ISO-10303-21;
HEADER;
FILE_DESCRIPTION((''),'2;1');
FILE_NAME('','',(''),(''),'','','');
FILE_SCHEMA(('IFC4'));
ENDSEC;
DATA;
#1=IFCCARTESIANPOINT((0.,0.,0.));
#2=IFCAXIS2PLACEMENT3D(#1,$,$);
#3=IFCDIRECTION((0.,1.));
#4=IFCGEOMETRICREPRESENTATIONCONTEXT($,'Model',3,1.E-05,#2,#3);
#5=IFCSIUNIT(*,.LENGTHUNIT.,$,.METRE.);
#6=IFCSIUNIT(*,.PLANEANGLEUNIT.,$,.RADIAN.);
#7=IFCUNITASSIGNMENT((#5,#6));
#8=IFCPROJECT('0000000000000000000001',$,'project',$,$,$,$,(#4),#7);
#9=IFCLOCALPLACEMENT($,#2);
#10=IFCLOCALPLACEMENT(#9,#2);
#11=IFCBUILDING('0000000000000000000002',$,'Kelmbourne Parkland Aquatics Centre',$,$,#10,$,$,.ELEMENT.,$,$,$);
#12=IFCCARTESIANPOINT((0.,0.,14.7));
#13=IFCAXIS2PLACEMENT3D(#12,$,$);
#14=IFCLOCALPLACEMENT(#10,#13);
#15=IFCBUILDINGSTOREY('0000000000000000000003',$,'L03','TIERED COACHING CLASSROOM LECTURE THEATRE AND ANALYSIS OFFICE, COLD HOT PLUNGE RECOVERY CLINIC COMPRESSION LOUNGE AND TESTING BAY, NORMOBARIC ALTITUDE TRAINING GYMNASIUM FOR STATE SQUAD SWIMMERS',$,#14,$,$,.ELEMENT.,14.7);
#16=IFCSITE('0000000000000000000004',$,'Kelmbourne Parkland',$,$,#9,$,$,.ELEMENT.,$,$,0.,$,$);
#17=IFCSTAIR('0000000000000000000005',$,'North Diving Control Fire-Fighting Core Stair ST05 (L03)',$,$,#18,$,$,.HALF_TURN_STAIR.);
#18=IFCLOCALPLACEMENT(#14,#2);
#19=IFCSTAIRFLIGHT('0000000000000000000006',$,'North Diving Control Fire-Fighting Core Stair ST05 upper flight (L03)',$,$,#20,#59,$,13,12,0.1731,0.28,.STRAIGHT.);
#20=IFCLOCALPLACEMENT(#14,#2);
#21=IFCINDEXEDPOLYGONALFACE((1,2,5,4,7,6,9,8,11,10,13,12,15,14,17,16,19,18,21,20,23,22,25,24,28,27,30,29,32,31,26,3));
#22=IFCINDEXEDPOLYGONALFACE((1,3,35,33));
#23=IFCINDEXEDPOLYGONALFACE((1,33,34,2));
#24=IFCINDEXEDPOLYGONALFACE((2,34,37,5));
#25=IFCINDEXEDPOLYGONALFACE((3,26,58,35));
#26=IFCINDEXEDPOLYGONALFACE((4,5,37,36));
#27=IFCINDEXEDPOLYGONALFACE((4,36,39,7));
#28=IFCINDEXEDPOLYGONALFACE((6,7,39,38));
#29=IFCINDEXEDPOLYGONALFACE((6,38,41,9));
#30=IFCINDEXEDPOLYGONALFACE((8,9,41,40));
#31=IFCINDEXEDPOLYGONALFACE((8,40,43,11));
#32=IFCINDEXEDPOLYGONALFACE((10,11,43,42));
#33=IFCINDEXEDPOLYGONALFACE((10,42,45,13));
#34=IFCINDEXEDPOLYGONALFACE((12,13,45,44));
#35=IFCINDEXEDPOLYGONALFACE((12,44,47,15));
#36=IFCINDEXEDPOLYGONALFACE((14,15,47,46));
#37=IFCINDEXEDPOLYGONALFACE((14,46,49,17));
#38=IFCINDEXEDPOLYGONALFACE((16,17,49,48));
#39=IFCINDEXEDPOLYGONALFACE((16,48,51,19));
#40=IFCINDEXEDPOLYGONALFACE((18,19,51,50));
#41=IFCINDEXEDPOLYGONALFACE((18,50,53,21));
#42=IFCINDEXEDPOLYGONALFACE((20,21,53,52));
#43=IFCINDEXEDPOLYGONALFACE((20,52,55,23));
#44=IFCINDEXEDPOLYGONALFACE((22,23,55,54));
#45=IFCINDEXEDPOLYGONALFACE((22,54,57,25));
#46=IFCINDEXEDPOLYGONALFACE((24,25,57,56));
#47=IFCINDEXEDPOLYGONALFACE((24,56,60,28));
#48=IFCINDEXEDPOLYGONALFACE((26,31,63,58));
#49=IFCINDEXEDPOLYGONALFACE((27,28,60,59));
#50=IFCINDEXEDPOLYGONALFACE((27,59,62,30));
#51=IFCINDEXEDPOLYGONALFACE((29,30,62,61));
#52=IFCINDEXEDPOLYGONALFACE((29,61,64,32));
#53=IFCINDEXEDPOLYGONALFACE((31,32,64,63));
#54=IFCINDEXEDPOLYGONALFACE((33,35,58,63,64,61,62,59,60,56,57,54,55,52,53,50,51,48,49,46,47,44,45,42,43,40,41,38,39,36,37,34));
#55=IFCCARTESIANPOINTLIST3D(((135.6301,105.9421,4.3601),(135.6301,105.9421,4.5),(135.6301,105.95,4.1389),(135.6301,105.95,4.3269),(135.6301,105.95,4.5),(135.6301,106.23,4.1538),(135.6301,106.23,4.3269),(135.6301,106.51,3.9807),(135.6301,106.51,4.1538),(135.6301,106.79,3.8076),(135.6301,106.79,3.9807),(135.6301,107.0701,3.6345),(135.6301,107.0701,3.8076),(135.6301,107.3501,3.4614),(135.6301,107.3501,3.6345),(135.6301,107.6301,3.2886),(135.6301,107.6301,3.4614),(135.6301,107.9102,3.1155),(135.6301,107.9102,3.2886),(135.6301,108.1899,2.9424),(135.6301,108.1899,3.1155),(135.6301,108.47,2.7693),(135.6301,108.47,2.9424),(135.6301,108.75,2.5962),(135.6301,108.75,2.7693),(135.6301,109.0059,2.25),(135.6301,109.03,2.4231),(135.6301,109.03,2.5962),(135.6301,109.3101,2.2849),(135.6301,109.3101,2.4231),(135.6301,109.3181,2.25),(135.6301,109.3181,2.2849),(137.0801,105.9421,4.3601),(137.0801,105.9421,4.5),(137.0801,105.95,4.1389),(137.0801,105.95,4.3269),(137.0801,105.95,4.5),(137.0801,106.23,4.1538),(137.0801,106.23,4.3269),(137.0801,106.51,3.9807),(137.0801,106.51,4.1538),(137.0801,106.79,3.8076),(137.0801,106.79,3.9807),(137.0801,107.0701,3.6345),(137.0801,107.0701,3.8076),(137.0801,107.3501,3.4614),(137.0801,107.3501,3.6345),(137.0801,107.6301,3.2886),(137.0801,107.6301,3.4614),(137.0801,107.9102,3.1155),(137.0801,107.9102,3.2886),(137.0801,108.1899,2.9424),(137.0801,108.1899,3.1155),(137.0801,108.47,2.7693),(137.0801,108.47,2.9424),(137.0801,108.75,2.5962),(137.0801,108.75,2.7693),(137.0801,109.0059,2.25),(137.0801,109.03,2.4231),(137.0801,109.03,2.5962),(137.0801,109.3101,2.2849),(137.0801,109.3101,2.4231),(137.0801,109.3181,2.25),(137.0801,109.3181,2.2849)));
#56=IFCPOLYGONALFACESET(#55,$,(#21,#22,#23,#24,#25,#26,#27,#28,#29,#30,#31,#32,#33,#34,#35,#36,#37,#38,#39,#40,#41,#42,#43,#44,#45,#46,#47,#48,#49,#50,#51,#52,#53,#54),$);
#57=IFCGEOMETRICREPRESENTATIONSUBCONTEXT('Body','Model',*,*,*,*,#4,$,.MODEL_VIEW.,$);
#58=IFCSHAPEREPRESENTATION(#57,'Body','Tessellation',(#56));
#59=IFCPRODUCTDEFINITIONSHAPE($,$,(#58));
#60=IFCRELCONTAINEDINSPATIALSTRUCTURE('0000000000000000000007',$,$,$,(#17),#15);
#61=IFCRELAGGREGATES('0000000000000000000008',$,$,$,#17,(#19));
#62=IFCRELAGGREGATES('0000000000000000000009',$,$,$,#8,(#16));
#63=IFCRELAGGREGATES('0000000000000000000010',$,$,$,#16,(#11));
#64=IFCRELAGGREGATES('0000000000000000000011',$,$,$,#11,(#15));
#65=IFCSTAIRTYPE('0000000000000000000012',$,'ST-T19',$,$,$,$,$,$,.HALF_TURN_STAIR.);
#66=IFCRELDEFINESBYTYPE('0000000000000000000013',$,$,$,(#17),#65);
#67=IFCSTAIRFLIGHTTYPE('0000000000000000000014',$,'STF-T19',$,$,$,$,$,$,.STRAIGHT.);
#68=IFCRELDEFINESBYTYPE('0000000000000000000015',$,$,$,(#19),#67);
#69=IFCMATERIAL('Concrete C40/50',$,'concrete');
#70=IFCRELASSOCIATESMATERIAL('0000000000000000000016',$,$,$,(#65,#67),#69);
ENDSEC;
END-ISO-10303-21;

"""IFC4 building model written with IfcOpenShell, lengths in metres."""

from ifc_helpers import new_model, si_unit, direction, frame, origin, place, context, subcontext, project, spatial, polyline, outline, extrude, material, type_object, element, aggregate, save


model = new_model("IFC4")

# Units and contexts
model_context = context("Model", 3, precision=1e-05, world=origin(), true_north=direction((0.0, 1.0)))
body_context = subcontext(model_context, "Body", "Model", "MODEL_VIEW")
ifc_project = project(units=[si_unit("LENGTHUNIT", "METRE"), si_unit("PLANEANGLEUNIT", "RADIAN")], contexts=[model_context])

# Site, building, storey
site_placement = place(None, origin())
site = spatial("IfcSite", under=ifc_project, at=site_placement, Name="Kelmbourne Parkland", CompositionType="ELEMENT", RefElevation=0.0)
building_placement = place(site_placement, origin())
building = spatial("IfcBuilding", under=site, at=building_placement, Name="Kelmbourne Parkland Aquatics Centre", CompositionType="ELEMENT")
storey_placement = place(building_placement, frame((0.0, 0.0, 14.7)))
storey = spatial("IfcBuildingStorey", under=building, at=storey_placement, Name="L03", Description="TIERED COACHING CLASSROOM LECTURE THEATRE AND ANALYSIS OFFICE, COLD HOT PLUNGE RECOVERY CLINIC COMPRESSION LOUNGE AND TESTING BAY, NORMOBARIC ALTITUDE TRAINING GYMNASIUM FOR STATE SQUAD SWIMMERS", CompositionType="ELEMENT", Elevation=14.7)

# Shared definitions
ifc_material_1 = material(Name="Concrete C40/50", Category="concrete")

# Stair, stair flight
stair_type = type_object("IfcStairType", Name="ST-T19", PredefinedType="HALF_TURN_STAIR", material=ifc_material_1)
stair_placement = place(storey_placement, origin())
stair = element("IfcStair", 1, at=stair_placement, inside=storey, type_object=stair_type, Name="North Diving Control Fire-Fighting Core Stair ST05 (L03)", PredefinedType="HALF_TURN_STAIR")
stair_flight_type = type_object("IfcStairFlightType", Name="STF-T19", PredefinedType="STRAIGHT", material=ifc_material_1)
stair_flight_placement = place(storey_placement, frame((136.355, 109.3101, 2.25), z_axis=(0.0, 0.0, 1.0), x_axis=(0.0, -1.0, 0.0)))
stair_flight = element("IfcStairFlight", 2, at=stair_flight_placement, type_object=stair_flight_type, Name="North Diving Control Fire-Fighting Core Stair ST05 upper flight (L03)", NumberOfRisers=13, NumberOfTreads=12, PredefinedType="STRAIGHT", RiserHeight=0.1731, TreadLength=0.28, context=body_context, shape_type="SweptSolid", body=[
    extrude(outline(polyline([(-0.0081, 0.0), (-0.0081, 0.0349), (0.0, 0.0349), (0.0, 0.1731), (0.28, 0.1731), (0.28, 0.3462), (0.5601, 0.3462), (0.5601, 0.5193), (0.8401, 0.5193), (0.8401, 0.6924), (1.1201, 0.6924), (1.1201, 0.8655), (1.3999, 0.8655), (1.3999, 1.0386), (1.6799, 1.0386), (1.6799, 1.2114), (1.96, 1.2114), (1.96, 1.3845), (2.24, 1.3845), (2.24, 1.5576), (2.52, 1.5576), (2.52, 1.7307), (2.8, 1.7307), (2.8, 1.9038), (3.0801, 1.9038), (3.0801, 2.0769), (3.3601, 2.0769), (3.3601, 2.25), (3.3679, 2.25), (3.3679, 2.1101), (3.3601, 1.8889), (0.3042, 0.0), (-0.0081, 0.0)])), frame((0.0, 0.7251, 0.0), z_axis=(0.0, -1.0, 0.0), x_axis=(1.0, 0.0, 0.0)), (0.0, 0.0, 1.0), 1.45),
])
aggregate(stair, [stair_flight])

save(model, "model.ifc")
